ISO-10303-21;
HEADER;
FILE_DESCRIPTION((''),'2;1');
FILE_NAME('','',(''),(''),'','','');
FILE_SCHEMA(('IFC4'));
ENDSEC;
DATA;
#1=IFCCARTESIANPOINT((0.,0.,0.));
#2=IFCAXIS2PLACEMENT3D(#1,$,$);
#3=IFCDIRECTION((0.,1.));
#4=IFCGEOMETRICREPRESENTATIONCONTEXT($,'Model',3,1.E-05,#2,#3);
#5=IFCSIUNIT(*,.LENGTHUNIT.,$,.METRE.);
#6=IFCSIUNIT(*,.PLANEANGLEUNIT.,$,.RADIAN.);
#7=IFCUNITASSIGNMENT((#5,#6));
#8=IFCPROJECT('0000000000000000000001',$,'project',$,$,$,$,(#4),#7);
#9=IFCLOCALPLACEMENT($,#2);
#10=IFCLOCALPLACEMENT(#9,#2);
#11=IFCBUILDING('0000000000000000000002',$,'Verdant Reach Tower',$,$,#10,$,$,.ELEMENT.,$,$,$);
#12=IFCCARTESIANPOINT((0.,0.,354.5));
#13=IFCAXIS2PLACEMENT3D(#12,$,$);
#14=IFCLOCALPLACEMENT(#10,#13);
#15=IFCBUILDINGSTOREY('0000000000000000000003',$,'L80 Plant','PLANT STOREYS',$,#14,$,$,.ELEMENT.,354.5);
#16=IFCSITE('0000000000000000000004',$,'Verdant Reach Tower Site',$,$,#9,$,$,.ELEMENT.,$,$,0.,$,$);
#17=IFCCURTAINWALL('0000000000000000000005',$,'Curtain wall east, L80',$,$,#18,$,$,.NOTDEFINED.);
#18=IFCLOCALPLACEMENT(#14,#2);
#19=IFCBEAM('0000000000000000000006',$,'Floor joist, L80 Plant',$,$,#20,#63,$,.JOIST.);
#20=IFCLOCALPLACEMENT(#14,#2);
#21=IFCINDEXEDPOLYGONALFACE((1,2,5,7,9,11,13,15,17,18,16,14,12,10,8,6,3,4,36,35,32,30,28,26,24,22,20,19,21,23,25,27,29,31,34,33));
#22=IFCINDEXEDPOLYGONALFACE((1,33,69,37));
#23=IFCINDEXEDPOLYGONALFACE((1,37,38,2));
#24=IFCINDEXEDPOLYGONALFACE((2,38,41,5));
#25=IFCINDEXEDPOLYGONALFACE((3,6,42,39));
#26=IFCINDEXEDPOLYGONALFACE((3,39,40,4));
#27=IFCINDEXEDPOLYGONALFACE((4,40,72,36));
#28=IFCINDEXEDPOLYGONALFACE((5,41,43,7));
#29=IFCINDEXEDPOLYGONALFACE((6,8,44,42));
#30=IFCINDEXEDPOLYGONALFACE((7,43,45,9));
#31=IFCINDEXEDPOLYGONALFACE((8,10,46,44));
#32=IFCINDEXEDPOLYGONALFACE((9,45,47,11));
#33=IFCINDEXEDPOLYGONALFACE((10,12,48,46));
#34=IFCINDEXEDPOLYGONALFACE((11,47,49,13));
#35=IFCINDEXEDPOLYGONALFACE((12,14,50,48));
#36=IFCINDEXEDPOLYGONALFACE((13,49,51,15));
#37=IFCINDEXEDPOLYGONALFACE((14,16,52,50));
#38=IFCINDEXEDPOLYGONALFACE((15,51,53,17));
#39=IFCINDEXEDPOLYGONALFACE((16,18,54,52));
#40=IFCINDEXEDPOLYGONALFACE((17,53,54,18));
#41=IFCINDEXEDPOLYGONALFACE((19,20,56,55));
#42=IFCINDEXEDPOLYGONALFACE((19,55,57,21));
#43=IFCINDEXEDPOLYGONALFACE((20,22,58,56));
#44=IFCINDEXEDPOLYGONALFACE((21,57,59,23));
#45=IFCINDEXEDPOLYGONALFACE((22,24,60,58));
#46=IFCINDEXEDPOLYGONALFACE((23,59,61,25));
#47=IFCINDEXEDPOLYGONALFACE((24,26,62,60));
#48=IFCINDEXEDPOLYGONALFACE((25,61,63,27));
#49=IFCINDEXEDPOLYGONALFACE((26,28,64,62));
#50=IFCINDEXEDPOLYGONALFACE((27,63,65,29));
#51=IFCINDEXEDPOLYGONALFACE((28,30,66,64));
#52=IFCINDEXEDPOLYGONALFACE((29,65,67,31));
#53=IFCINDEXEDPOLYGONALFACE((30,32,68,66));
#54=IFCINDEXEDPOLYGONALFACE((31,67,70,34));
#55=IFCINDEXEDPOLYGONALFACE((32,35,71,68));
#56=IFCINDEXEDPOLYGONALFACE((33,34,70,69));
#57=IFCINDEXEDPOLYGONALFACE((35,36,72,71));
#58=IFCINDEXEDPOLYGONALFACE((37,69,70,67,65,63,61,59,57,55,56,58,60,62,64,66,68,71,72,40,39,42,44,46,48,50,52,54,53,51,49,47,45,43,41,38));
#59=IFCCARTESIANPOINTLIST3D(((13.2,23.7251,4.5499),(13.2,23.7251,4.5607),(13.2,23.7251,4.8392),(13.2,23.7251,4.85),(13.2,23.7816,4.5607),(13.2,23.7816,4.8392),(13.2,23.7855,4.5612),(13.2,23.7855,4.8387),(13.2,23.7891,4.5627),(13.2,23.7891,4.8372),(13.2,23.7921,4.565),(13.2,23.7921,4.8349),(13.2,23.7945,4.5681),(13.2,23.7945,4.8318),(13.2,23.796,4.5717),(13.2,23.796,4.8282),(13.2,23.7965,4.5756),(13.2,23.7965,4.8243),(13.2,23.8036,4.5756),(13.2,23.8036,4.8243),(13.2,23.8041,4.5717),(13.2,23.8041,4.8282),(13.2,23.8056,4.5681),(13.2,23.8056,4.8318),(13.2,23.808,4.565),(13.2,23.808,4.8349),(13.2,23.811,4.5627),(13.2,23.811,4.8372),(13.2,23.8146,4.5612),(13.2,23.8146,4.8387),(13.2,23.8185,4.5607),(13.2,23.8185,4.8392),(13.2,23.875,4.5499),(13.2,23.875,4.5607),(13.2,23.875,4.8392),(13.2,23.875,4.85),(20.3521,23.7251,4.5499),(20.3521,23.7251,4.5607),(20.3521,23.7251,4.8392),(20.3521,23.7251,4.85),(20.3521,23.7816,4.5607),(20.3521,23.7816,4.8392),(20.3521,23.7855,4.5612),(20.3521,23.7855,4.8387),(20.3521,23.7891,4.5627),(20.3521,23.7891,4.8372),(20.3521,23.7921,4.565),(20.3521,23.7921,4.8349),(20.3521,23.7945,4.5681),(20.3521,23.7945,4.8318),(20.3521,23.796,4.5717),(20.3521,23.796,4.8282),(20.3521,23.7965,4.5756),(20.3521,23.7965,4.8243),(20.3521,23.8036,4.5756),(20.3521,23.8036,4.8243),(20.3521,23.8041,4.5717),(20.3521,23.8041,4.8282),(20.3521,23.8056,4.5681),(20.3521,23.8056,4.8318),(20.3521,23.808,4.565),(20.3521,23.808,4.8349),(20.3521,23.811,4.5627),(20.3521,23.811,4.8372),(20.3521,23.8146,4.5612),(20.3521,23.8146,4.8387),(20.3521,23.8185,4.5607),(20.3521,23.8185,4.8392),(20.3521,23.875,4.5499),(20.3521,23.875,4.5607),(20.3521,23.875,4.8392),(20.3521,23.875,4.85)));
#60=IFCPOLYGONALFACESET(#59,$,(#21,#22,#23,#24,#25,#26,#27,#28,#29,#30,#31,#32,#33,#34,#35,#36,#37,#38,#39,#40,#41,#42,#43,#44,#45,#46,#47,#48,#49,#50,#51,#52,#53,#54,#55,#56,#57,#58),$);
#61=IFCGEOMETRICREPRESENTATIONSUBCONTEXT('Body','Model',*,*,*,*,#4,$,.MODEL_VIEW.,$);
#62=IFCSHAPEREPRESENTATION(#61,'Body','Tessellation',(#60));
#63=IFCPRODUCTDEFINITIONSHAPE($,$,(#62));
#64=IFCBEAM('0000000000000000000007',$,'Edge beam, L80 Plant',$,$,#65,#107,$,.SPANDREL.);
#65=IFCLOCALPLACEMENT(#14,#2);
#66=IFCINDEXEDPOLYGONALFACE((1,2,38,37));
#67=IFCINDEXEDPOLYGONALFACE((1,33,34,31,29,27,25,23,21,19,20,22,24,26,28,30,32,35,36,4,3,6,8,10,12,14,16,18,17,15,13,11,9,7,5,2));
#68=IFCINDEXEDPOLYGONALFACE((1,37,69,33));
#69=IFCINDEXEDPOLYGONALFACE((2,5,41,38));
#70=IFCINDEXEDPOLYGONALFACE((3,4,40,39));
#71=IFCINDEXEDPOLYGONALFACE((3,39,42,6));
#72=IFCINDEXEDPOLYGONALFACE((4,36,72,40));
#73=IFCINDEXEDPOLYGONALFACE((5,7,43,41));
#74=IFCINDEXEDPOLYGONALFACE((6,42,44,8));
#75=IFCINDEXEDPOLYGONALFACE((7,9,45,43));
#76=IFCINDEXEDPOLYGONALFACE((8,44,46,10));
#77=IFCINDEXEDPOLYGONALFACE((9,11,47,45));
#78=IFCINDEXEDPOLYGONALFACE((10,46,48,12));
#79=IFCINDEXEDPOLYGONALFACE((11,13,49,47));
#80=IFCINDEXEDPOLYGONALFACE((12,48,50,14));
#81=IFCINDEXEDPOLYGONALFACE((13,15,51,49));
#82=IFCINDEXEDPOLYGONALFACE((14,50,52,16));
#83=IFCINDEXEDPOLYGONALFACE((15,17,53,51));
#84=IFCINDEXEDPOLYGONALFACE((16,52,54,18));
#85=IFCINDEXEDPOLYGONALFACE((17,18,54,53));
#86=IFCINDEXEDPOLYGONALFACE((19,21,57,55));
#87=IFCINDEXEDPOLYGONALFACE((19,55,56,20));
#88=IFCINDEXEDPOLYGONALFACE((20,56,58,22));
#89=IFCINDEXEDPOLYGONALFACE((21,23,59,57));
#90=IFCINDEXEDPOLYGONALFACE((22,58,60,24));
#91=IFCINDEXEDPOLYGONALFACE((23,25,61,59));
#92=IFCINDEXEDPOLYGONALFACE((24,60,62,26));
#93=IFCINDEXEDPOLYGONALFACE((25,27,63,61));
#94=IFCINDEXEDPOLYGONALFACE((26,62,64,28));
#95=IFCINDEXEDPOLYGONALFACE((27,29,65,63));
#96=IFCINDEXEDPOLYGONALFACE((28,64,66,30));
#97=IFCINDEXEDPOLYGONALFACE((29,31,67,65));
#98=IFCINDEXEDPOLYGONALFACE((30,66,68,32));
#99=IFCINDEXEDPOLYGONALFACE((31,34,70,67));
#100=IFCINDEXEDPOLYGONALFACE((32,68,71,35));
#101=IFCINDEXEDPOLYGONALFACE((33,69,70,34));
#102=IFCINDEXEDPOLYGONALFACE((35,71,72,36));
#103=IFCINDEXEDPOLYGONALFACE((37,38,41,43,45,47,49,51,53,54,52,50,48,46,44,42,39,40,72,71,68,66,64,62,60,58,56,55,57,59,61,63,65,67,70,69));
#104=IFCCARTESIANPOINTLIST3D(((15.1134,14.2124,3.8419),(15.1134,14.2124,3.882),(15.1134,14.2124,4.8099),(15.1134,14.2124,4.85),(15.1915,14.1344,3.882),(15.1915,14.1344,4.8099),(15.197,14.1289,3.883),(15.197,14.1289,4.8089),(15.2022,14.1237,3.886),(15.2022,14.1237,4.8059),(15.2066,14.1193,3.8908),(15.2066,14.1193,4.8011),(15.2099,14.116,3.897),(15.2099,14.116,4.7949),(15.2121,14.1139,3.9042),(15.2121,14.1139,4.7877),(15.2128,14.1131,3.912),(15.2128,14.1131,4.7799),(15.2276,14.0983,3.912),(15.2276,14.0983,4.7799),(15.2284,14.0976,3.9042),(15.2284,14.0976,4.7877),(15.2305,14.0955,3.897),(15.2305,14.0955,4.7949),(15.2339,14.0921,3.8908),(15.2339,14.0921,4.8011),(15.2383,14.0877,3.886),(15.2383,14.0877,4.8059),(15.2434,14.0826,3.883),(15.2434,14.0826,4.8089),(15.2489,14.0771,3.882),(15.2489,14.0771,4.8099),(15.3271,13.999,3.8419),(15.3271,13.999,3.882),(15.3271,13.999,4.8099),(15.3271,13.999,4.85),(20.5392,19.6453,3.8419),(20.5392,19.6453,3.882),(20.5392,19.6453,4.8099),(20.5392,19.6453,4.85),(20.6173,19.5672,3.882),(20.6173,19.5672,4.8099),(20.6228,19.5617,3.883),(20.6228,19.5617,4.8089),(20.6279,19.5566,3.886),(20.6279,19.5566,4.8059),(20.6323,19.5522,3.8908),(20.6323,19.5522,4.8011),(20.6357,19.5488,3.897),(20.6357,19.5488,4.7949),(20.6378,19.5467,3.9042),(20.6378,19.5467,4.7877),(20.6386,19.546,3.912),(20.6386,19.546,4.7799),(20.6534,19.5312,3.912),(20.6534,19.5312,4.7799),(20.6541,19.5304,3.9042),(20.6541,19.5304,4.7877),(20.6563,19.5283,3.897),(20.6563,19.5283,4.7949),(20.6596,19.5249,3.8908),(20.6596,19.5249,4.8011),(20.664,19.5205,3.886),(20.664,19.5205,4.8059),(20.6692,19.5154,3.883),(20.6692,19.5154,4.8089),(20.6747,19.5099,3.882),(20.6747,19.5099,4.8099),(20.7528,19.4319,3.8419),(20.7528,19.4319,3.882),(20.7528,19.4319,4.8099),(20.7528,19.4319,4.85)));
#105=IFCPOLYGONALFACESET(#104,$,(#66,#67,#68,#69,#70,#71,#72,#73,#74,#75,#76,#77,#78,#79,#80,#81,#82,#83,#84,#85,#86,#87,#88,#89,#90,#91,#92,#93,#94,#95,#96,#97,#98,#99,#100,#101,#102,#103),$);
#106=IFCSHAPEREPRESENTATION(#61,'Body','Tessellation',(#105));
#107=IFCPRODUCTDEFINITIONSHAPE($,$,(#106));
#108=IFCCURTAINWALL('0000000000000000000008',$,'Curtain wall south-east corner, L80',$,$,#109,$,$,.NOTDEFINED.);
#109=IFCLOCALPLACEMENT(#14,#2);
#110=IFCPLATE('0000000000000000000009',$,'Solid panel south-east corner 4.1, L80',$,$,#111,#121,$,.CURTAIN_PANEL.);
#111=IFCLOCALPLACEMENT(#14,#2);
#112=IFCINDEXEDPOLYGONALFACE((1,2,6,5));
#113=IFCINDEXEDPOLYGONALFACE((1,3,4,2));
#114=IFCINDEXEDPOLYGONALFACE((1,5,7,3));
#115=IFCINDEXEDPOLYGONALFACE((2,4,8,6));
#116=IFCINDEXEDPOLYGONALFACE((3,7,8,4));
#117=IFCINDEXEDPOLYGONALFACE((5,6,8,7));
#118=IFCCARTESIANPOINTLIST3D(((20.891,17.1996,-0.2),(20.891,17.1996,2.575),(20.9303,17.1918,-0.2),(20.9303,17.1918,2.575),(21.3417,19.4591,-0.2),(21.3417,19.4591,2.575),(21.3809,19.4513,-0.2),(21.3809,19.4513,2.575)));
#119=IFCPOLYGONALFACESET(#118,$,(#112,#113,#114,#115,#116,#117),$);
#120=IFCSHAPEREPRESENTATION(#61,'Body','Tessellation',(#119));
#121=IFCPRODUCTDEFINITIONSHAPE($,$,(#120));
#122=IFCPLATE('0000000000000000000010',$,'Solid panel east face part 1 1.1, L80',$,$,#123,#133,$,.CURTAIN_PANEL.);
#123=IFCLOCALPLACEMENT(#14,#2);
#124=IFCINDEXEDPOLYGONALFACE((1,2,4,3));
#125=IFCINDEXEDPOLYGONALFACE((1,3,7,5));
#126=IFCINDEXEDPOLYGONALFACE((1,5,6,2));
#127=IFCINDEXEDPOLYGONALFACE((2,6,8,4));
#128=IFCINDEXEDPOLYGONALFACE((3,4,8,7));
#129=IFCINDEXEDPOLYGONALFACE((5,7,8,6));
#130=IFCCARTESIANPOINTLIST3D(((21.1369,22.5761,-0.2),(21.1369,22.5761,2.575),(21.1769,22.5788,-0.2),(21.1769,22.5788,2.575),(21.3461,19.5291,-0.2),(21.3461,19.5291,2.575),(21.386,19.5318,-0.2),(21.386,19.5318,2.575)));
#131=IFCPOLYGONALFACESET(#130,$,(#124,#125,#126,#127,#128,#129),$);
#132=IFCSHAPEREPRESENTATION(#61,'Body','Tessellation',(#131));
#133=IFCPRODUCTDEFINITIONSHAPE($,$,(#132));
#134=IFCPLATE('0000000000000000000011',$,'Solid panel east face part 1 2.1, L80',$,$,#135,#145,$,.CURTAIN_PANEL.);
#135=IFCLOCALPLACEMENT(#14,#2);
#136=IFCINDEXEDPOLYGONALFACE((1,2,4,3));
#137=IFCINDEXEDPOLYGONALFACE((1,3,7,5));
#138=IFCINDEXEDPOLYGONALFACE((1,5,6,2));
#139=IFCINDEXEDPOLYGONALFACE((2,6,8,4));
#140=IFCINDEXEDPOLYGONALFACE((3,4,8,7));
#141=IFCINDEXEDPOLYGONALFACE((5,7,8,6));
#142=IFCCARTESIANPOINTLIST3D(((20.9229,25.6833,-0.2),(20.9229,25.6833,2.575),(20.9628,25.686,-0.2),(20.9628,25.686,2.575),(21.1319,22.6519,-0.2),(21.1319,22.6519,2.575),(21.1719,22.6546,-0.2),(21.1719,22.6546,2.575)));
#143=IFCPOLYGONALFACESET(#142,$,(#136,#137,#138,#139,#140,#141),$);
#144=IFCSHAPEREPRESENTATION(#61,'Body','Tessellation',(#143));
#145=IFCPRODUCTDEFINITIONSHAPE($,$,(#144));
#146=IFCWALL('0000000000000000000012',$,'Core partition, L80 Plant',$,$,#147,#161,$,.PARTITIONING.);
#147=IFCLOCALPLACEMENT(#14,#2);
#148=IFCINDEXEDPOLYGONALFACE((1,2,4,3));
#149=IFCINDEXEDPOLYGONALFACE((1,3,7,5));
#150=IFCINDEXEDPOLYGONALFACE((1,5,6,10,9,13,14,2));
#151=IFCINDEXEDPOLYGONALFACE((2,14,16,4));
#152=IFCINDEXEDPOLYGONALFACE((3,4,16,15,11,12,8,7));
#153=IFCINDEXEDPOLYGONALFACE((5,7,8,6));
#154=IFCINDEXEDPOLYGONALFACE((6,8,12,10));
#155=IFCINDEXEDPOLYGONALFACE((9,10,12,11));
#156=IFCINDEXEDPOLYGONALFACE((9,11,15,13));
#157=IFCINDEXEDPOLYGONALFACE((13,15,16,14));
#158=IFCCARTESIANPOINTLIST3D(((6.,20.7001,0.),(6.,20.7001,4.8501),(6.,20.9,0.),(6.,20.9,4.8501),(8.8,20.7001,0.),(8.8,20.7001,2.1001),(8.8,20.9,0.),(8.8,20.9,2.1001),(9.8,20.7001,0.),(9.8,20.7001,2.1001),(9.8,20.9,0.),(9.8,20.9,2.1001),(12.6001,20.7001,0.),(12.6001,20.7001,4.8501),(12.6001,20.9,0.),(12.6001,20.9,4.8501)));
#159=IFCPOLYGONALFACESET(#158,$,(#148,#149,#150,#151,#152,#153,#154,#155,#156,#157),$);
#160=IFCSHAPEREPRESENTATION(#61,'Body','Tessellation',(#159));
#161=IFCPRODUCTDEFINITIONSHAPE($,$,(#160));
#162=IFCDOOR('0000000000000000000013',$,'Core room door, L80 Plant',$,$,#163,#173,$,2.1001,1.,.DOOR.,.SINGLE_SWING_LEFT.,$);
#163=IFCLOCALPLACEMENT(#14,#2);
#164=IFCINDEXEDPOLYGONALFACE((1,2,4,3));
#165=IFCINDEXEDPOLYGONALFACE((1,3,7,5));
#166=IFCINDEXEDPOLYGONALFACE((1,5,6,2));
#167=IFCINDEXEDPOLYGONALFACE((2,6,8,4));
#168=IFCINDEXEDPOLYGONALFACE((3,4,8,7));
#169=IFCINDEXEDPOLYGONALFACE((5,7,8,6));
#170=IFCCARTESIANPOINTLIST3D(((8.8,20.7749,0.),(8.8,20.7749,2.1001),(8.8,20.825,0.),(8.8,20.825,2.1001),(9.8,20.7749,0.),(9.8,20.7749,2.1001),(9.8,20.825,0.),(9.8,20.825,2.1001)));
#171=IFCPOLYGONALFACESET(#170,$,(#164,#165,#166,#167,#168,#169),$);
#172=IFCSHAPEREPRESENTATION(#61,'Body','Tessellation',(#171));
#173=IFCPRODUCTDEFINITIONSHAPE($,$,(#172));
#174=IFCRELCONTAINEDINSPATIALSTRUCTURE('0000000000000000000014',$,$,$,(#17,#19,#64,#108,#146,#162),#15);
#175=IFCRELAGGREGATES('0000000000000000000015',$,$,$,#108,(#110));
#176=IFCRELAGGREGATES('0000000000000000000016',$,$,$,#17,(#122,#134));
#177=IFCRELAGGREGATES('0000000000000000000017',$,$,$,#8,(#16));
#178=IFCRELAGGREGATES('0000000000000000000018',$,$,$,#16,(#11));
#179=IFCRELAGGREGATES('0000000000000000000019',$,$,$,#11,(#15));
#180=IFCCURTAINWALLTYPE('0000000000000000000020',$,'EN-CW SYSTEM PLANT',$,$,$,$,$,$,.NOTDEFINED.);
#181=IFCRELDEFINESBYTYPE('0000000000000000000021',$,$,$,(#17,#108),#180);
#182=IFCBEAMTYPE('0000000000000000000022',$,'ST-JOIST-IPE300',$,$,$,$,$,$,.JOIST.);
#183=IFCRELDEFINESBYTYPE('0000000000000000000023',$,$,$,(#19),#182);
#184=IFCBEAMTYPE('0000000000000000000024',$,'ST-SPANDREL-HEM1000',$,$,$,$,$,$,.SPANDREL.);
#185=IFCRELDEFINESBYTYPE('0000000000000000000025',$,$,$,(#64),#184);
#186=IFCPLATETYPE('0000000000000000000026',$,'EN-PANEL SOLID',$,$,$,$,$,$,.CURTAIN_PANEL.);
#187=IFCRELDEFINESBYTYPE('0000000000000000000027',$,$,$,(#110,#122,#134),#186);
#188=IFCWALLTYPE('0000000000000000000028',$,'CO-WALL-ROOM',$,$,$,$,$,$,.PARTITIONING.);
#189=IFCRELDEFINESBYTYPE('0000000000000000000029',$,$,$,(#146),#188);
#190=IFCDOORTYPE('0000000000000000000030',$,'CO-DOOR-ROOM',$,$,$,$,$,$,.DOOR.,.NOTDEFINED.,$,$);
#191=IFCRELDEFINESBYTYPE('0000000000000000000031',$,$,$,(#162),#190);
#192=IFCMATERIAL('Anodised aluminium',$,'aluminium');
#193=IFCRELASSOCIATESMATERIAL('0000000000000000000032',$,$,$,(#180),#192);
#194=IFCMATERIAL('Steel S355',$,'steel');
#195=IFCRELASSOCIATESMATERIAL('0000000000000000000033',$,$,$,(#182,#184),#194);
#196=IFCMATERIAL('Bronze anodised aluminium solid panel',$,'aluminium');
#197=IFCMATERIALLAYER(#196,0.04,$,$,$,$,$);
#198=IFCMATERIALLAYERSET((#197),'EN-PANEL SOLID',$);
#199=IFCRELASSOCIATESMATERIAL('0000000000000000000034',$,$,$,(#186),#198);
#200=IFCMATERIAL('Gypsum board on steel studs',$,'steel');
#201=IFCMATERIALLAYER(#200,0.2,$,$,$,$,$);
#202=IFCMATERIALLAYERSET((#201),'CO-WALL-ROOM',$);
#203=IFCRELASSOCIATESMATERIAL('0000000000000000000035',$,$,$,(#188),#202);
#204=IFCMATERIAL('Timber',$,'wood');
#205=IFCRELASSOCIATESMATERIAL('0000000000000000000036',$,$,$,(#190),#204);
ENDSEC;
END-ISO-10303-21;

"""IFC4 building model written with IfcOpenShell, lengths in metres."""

from ifc_helpers import new_model, si_unit, direction, frame, frame_2d, origin, origin_2d, place, context, subcontext, project, spatial, rectangle, i_section, extrude, material, layer, layer_set, material_profile, profile_set, type_object, element, fill, aggregate, save


model = new_model("IFC4")

# Units and contexts
model_context = context("Model", 3, precision=1e-05, world=origin(), true_north=direction((0.0, 1.0)))
body_context = subcontext(model_context, "Body", "Model", "MODEL_VIEW")
ifc_project = project(units=[si_unit("LENGTHUNIT", "METRE"), si_unit("PLANEANGLEUNIT", "RADIAN")], contexts=[model_context])

# Site, building, storey
site_placement = place(None, origin())
site = spatial("IfcSite", under=ifc_project, at=site_placement, Name="Verdant Reach Tower Site", CompositionType="ELEMENT", RefElevation=0.0)
building_placement = place(site_placement, origin())
building = spatial("IfcBuilding", under=site, at=building_placement, Name="Verdant Reach Tower", CompositionType="ELEMENT")
storey_placement = place(building_placement, frame((0.0, 0.0, 354.5)))
storey = spatial("IfcBuildingStorey", under=building, at=storey_placement, Name="L80 Plant", Description="PLANT STOREYS", CompositionType="ELEMENT", Elevation=354.5)

# Curtain wall
ifc_material_1 = material(Name="Anodised aluminium", Category="aluminium")
curtain_wall_type = type_object("IfcCurtainWallType", Name="EN-CW SYSTEM PLANT", PredefinedType="NOTDEFINED", material=ifc_material_1)
curtain_wall_1_placement = place(storey_placement, origin())
curtain_wall_1 = element("IfcCurtainWall", 1, at=curtain_wall_1_placement, inside=storey, type_object=curtain_wall_type, Name="Curtain wall east, L80", PredefinedType="NOTDEFINED")

# Beams
ifc_material_2 = material(Name="Steel S355", Category="steel")
ifc_material_profile_1 = material_profile(ifc_material_2, i_section(OverallWidth=0.1499, OverallDepth=0.3, WebThickness=0.0071, FlangeThickness=0.0107, FilletRadius=0.0149, at=origin_2d()), Name="IPE 300")
ifc_profile_set_1 = profile_set([ifc_material_profile_1], Name="Steel S355")
beam_type_1 = type_object("IfcBeamType", Name="ST-JOIST-IPE300", PredefinedType="JOIST", material=ifc_profile_set_1)
beam_1_placement = place(storey_placement, frame((13.2, 23.8, 4.7), z_axis=(1.0, 0.0, 0.0), x_axis=(0.0, 1.0, 0.0)))
element("IfcBeam", 2, at=beam_1_placement, inside=storey, type_object=beam_type_1, Name="Floor joist, L80 Plant", PredefinedType="JOIST", context=body_context, shape_type="SweptSolid", body=[
    extrude(i_section(OverallWidth=0.1499, OverallDepth=0.3, WebThickness=0.0071, FlangeThickness=0.0107, FilletRadius=0.0149, at=origin_2d()), origin(), (0.0, 0.0, 1.0), 7.1521),
])
ifc_material_profile_2 = material_profile(ifc_material_2, i_section(OverallWidth=0.302, OverallDepth=1.0081, WebThickness=0.021, FlangeThickness=0.04, FilletRadius=0.03, at=origin_2d()), Name="HEM 1000")
ifc_profile_set_2 = profile_set([ifc_material_profile_2], Name="Steel S355")
beam_type_2 = type_object("IfcBeamType", Name="ST-SPANDREL-HEM1000", PredefinedType="SPANDREL", material=ifc_profile_set_2)
beam_2_placement = place(storey_placement, frame((20.646, 19.5386, 4.3459), z_axis=(-0.706646, -0.707568, 0.0), x_axis=(0.707568, -0.706646, 0.0)))
element("IfcBeam", 3, at=beam_2_placement, inside=storey, type_object=beam_type_2, Name="Edge beam, L80 Plant", PredefinedType="SPANDREL", context=body_context, shape_type="SweptSolid", body=[
    extrude(i_section(OverallWidth=0.302, OverallDepth=1.0081, WebThickness=0.021, FlangeThickness=0.04, FilletRadius=0.03, at=origin_2d()), origin(), (0.0, 0.0, 1.0), 7.6782),
])

# Curtain wall, plate
curtain_wall_2_placement = place(storey_placement, origin())
curtain_wall_2 = element("IfcCurtainWall", 4, at=curtain_wall_2_placement, inside=storey, type_object=curtain_wall_type, Name="Curtain wall south-east corner, L80", PredefinedType="NOTDEFINED")
ifc_material_3 = material(Name="Bronze anodised aluminium solid panel", Category="aluminium")
ifc_layer_1 = layer(ifc_material_3, 0.04)
ifc_layer_set_1 = layer_set([ifc_layer_1], Name="EN-PANEL SOLID")
plate_type = type_object("IfcPlateType", Name="EN-PANEL SOLID", PredefinedType="CURTAIN_PANEL", material=ifc_layer_set_1)
plate_1_placement = place(storey_placement, frame((21.136, 18.3254, -0.2), z_axis=(0.0, 0.0, 1.0), x_axis=(0.195593, 0.980685, 0.0)))
plate_1 = element("IfcPlate", 5, at=plate_1_placement, type_object=plate_type, Name="Solid panel south-east corner 4.1, L80", PredefinedType="CURTAIN_PANEL", context=body_context, shape_type="SweptSolid", body=[
    extrude(rectangle(XDim=2.304, YDim=0.04, at=origin_2d()), origin(), (0.0, 0.0, 1.0), 2.7749),
])

# Plates
plate_2_placement = place(storey_placement, frame((21.2615, 21.054, -0.2), z_axis=(0.0, 0.0, 1.0), x_axis=(-0.068469, 0.997653, 0.0)))
plate_2 = element("IfcPlate", 6, at=plate_2_placement, type_object=plate_type, Name="Solid panel east face part 1 1.1, L80", PredefinedType="CURTAIN_PANEL", context=body_context, shape_type="SweptSolid", body=[
    extrude(rectangle(XDim=3.0542, YDim=0.04, at=origin_2d()), origin(), (0.0, 0.0, 1.0), 2.7749),
])
plate_3_placement = place(storey_placement, frame((21.0474, 24.1689, -0.2), z_axis=(0.0, 0.0, 1.0), x_axis=(-0.068802, 0.99763, 0.0)))
plate_3 = element("IfcPlate", 7, at=plate_3_placement, type_object=plate_type, Name="Solid panel east face part 1 2.1, L80", PredefinedType="CURTAIN_PANEL", context=body_context, shape_type="SweptSolid", body=[
    extrude(rectangle(XDim=3.0386, YDim=0.04, at=origin_2d()), origin(), (0.0, 0.0, 1.0), 2.7749),
])

# Wall, opening, door
ifc_material_4 = material(Name="Gypsum board on steel studs", Category="steel")
ifc_layer_2 = layer(ifc_material_4, 0.2)
ifc_layer_set_2 = layer_set([ifc_layer_2], Name="CO-WALL-ROOM")
wall_type_1 = type_object("IfcWallType", Name="CO-WALL-ROOM", PredefinedType="PARTITIONING", material=ifc_layer_set_2)
wall_1_placement = place(storey_placement, frame((6.0, 20.8, 0.0), z_axis=(0.0, 0.0, 1.0), x_axis=(1.0, 0.0, 0.0)))
wall_1 = element("IfcWall", 8, at=wall_1_placement, inside=storey, type_object=wall_type_1, Name="Core partition, L80 Plant", PredefinedType="PARTITIONING", context=body_context, shape_type="SweptSolid", body=[
    extrude(rectangle(XDim=6.6001, YDim=0.2, at=frame_2d((3.3, 0.0))), origin(), (0.0, 0.0, 1.0), 4.8501),
])
opening_1_placement = place(wall_1_placement, frame((2.8, 0.0, 0.0)))
opening_1 = element("IfcOpeningElement", 9, at=opening_1_placement, cuts=wall_1, PredefinedType="OPENING", context=body_context, shape_type="SweptSolid", body=[
    extrude(rectangle(XDim=1.0, YDim=2.1001, at=frame_2d((0.5, 1.05))), frame((0.0, 0.1099, 0.0), z_axis=(0.0, -1.0, 0.0), x_axis=(1.0, 0.0, 0.0)), (0.0, 0.0, 1.0), 0.22),
])
ifc_material_5 = material(Name="Timber", Category="wood")
door_type_1 = type_object("IfcDoorType", Name="CO-DOOR-ROOM", OperationType="NOTDEFINED", PredefinedType="DOOR", material=ifc_material_5)
door_1_placement = place(opening_1_placement, origin())
door_1 = element("IfcDoor", 10, at=door_1_placement, inside=storey, type_object=door_type_1, Name="Core room door, L80 Plant", OperationType="SINGLE_SWING_LEFT", OverallHeight=2.1001, OverallWidth=1.0, PredefinedType="DOOR", context=body_context, shape_type="SweptSolid", body=[
    extrude(rectangle(XDim=1.0, YDim=2.1001, at=frame_2d((0.5, 1.05))), frame((0.0, 0.0249, 0.0), z_axis=(0.0, -1.0, 0.0), x_axis=(1.0, 0.0, 0.0)), (0.0, 0.0, 1.0), 0.05),
])
fill(opening_1, door_1)

aggregate(curtain_wall_2, [plate_1])
aggregate(curtain_wall_1, [plate_2, plate_3])

save(model, "model.ifc")
